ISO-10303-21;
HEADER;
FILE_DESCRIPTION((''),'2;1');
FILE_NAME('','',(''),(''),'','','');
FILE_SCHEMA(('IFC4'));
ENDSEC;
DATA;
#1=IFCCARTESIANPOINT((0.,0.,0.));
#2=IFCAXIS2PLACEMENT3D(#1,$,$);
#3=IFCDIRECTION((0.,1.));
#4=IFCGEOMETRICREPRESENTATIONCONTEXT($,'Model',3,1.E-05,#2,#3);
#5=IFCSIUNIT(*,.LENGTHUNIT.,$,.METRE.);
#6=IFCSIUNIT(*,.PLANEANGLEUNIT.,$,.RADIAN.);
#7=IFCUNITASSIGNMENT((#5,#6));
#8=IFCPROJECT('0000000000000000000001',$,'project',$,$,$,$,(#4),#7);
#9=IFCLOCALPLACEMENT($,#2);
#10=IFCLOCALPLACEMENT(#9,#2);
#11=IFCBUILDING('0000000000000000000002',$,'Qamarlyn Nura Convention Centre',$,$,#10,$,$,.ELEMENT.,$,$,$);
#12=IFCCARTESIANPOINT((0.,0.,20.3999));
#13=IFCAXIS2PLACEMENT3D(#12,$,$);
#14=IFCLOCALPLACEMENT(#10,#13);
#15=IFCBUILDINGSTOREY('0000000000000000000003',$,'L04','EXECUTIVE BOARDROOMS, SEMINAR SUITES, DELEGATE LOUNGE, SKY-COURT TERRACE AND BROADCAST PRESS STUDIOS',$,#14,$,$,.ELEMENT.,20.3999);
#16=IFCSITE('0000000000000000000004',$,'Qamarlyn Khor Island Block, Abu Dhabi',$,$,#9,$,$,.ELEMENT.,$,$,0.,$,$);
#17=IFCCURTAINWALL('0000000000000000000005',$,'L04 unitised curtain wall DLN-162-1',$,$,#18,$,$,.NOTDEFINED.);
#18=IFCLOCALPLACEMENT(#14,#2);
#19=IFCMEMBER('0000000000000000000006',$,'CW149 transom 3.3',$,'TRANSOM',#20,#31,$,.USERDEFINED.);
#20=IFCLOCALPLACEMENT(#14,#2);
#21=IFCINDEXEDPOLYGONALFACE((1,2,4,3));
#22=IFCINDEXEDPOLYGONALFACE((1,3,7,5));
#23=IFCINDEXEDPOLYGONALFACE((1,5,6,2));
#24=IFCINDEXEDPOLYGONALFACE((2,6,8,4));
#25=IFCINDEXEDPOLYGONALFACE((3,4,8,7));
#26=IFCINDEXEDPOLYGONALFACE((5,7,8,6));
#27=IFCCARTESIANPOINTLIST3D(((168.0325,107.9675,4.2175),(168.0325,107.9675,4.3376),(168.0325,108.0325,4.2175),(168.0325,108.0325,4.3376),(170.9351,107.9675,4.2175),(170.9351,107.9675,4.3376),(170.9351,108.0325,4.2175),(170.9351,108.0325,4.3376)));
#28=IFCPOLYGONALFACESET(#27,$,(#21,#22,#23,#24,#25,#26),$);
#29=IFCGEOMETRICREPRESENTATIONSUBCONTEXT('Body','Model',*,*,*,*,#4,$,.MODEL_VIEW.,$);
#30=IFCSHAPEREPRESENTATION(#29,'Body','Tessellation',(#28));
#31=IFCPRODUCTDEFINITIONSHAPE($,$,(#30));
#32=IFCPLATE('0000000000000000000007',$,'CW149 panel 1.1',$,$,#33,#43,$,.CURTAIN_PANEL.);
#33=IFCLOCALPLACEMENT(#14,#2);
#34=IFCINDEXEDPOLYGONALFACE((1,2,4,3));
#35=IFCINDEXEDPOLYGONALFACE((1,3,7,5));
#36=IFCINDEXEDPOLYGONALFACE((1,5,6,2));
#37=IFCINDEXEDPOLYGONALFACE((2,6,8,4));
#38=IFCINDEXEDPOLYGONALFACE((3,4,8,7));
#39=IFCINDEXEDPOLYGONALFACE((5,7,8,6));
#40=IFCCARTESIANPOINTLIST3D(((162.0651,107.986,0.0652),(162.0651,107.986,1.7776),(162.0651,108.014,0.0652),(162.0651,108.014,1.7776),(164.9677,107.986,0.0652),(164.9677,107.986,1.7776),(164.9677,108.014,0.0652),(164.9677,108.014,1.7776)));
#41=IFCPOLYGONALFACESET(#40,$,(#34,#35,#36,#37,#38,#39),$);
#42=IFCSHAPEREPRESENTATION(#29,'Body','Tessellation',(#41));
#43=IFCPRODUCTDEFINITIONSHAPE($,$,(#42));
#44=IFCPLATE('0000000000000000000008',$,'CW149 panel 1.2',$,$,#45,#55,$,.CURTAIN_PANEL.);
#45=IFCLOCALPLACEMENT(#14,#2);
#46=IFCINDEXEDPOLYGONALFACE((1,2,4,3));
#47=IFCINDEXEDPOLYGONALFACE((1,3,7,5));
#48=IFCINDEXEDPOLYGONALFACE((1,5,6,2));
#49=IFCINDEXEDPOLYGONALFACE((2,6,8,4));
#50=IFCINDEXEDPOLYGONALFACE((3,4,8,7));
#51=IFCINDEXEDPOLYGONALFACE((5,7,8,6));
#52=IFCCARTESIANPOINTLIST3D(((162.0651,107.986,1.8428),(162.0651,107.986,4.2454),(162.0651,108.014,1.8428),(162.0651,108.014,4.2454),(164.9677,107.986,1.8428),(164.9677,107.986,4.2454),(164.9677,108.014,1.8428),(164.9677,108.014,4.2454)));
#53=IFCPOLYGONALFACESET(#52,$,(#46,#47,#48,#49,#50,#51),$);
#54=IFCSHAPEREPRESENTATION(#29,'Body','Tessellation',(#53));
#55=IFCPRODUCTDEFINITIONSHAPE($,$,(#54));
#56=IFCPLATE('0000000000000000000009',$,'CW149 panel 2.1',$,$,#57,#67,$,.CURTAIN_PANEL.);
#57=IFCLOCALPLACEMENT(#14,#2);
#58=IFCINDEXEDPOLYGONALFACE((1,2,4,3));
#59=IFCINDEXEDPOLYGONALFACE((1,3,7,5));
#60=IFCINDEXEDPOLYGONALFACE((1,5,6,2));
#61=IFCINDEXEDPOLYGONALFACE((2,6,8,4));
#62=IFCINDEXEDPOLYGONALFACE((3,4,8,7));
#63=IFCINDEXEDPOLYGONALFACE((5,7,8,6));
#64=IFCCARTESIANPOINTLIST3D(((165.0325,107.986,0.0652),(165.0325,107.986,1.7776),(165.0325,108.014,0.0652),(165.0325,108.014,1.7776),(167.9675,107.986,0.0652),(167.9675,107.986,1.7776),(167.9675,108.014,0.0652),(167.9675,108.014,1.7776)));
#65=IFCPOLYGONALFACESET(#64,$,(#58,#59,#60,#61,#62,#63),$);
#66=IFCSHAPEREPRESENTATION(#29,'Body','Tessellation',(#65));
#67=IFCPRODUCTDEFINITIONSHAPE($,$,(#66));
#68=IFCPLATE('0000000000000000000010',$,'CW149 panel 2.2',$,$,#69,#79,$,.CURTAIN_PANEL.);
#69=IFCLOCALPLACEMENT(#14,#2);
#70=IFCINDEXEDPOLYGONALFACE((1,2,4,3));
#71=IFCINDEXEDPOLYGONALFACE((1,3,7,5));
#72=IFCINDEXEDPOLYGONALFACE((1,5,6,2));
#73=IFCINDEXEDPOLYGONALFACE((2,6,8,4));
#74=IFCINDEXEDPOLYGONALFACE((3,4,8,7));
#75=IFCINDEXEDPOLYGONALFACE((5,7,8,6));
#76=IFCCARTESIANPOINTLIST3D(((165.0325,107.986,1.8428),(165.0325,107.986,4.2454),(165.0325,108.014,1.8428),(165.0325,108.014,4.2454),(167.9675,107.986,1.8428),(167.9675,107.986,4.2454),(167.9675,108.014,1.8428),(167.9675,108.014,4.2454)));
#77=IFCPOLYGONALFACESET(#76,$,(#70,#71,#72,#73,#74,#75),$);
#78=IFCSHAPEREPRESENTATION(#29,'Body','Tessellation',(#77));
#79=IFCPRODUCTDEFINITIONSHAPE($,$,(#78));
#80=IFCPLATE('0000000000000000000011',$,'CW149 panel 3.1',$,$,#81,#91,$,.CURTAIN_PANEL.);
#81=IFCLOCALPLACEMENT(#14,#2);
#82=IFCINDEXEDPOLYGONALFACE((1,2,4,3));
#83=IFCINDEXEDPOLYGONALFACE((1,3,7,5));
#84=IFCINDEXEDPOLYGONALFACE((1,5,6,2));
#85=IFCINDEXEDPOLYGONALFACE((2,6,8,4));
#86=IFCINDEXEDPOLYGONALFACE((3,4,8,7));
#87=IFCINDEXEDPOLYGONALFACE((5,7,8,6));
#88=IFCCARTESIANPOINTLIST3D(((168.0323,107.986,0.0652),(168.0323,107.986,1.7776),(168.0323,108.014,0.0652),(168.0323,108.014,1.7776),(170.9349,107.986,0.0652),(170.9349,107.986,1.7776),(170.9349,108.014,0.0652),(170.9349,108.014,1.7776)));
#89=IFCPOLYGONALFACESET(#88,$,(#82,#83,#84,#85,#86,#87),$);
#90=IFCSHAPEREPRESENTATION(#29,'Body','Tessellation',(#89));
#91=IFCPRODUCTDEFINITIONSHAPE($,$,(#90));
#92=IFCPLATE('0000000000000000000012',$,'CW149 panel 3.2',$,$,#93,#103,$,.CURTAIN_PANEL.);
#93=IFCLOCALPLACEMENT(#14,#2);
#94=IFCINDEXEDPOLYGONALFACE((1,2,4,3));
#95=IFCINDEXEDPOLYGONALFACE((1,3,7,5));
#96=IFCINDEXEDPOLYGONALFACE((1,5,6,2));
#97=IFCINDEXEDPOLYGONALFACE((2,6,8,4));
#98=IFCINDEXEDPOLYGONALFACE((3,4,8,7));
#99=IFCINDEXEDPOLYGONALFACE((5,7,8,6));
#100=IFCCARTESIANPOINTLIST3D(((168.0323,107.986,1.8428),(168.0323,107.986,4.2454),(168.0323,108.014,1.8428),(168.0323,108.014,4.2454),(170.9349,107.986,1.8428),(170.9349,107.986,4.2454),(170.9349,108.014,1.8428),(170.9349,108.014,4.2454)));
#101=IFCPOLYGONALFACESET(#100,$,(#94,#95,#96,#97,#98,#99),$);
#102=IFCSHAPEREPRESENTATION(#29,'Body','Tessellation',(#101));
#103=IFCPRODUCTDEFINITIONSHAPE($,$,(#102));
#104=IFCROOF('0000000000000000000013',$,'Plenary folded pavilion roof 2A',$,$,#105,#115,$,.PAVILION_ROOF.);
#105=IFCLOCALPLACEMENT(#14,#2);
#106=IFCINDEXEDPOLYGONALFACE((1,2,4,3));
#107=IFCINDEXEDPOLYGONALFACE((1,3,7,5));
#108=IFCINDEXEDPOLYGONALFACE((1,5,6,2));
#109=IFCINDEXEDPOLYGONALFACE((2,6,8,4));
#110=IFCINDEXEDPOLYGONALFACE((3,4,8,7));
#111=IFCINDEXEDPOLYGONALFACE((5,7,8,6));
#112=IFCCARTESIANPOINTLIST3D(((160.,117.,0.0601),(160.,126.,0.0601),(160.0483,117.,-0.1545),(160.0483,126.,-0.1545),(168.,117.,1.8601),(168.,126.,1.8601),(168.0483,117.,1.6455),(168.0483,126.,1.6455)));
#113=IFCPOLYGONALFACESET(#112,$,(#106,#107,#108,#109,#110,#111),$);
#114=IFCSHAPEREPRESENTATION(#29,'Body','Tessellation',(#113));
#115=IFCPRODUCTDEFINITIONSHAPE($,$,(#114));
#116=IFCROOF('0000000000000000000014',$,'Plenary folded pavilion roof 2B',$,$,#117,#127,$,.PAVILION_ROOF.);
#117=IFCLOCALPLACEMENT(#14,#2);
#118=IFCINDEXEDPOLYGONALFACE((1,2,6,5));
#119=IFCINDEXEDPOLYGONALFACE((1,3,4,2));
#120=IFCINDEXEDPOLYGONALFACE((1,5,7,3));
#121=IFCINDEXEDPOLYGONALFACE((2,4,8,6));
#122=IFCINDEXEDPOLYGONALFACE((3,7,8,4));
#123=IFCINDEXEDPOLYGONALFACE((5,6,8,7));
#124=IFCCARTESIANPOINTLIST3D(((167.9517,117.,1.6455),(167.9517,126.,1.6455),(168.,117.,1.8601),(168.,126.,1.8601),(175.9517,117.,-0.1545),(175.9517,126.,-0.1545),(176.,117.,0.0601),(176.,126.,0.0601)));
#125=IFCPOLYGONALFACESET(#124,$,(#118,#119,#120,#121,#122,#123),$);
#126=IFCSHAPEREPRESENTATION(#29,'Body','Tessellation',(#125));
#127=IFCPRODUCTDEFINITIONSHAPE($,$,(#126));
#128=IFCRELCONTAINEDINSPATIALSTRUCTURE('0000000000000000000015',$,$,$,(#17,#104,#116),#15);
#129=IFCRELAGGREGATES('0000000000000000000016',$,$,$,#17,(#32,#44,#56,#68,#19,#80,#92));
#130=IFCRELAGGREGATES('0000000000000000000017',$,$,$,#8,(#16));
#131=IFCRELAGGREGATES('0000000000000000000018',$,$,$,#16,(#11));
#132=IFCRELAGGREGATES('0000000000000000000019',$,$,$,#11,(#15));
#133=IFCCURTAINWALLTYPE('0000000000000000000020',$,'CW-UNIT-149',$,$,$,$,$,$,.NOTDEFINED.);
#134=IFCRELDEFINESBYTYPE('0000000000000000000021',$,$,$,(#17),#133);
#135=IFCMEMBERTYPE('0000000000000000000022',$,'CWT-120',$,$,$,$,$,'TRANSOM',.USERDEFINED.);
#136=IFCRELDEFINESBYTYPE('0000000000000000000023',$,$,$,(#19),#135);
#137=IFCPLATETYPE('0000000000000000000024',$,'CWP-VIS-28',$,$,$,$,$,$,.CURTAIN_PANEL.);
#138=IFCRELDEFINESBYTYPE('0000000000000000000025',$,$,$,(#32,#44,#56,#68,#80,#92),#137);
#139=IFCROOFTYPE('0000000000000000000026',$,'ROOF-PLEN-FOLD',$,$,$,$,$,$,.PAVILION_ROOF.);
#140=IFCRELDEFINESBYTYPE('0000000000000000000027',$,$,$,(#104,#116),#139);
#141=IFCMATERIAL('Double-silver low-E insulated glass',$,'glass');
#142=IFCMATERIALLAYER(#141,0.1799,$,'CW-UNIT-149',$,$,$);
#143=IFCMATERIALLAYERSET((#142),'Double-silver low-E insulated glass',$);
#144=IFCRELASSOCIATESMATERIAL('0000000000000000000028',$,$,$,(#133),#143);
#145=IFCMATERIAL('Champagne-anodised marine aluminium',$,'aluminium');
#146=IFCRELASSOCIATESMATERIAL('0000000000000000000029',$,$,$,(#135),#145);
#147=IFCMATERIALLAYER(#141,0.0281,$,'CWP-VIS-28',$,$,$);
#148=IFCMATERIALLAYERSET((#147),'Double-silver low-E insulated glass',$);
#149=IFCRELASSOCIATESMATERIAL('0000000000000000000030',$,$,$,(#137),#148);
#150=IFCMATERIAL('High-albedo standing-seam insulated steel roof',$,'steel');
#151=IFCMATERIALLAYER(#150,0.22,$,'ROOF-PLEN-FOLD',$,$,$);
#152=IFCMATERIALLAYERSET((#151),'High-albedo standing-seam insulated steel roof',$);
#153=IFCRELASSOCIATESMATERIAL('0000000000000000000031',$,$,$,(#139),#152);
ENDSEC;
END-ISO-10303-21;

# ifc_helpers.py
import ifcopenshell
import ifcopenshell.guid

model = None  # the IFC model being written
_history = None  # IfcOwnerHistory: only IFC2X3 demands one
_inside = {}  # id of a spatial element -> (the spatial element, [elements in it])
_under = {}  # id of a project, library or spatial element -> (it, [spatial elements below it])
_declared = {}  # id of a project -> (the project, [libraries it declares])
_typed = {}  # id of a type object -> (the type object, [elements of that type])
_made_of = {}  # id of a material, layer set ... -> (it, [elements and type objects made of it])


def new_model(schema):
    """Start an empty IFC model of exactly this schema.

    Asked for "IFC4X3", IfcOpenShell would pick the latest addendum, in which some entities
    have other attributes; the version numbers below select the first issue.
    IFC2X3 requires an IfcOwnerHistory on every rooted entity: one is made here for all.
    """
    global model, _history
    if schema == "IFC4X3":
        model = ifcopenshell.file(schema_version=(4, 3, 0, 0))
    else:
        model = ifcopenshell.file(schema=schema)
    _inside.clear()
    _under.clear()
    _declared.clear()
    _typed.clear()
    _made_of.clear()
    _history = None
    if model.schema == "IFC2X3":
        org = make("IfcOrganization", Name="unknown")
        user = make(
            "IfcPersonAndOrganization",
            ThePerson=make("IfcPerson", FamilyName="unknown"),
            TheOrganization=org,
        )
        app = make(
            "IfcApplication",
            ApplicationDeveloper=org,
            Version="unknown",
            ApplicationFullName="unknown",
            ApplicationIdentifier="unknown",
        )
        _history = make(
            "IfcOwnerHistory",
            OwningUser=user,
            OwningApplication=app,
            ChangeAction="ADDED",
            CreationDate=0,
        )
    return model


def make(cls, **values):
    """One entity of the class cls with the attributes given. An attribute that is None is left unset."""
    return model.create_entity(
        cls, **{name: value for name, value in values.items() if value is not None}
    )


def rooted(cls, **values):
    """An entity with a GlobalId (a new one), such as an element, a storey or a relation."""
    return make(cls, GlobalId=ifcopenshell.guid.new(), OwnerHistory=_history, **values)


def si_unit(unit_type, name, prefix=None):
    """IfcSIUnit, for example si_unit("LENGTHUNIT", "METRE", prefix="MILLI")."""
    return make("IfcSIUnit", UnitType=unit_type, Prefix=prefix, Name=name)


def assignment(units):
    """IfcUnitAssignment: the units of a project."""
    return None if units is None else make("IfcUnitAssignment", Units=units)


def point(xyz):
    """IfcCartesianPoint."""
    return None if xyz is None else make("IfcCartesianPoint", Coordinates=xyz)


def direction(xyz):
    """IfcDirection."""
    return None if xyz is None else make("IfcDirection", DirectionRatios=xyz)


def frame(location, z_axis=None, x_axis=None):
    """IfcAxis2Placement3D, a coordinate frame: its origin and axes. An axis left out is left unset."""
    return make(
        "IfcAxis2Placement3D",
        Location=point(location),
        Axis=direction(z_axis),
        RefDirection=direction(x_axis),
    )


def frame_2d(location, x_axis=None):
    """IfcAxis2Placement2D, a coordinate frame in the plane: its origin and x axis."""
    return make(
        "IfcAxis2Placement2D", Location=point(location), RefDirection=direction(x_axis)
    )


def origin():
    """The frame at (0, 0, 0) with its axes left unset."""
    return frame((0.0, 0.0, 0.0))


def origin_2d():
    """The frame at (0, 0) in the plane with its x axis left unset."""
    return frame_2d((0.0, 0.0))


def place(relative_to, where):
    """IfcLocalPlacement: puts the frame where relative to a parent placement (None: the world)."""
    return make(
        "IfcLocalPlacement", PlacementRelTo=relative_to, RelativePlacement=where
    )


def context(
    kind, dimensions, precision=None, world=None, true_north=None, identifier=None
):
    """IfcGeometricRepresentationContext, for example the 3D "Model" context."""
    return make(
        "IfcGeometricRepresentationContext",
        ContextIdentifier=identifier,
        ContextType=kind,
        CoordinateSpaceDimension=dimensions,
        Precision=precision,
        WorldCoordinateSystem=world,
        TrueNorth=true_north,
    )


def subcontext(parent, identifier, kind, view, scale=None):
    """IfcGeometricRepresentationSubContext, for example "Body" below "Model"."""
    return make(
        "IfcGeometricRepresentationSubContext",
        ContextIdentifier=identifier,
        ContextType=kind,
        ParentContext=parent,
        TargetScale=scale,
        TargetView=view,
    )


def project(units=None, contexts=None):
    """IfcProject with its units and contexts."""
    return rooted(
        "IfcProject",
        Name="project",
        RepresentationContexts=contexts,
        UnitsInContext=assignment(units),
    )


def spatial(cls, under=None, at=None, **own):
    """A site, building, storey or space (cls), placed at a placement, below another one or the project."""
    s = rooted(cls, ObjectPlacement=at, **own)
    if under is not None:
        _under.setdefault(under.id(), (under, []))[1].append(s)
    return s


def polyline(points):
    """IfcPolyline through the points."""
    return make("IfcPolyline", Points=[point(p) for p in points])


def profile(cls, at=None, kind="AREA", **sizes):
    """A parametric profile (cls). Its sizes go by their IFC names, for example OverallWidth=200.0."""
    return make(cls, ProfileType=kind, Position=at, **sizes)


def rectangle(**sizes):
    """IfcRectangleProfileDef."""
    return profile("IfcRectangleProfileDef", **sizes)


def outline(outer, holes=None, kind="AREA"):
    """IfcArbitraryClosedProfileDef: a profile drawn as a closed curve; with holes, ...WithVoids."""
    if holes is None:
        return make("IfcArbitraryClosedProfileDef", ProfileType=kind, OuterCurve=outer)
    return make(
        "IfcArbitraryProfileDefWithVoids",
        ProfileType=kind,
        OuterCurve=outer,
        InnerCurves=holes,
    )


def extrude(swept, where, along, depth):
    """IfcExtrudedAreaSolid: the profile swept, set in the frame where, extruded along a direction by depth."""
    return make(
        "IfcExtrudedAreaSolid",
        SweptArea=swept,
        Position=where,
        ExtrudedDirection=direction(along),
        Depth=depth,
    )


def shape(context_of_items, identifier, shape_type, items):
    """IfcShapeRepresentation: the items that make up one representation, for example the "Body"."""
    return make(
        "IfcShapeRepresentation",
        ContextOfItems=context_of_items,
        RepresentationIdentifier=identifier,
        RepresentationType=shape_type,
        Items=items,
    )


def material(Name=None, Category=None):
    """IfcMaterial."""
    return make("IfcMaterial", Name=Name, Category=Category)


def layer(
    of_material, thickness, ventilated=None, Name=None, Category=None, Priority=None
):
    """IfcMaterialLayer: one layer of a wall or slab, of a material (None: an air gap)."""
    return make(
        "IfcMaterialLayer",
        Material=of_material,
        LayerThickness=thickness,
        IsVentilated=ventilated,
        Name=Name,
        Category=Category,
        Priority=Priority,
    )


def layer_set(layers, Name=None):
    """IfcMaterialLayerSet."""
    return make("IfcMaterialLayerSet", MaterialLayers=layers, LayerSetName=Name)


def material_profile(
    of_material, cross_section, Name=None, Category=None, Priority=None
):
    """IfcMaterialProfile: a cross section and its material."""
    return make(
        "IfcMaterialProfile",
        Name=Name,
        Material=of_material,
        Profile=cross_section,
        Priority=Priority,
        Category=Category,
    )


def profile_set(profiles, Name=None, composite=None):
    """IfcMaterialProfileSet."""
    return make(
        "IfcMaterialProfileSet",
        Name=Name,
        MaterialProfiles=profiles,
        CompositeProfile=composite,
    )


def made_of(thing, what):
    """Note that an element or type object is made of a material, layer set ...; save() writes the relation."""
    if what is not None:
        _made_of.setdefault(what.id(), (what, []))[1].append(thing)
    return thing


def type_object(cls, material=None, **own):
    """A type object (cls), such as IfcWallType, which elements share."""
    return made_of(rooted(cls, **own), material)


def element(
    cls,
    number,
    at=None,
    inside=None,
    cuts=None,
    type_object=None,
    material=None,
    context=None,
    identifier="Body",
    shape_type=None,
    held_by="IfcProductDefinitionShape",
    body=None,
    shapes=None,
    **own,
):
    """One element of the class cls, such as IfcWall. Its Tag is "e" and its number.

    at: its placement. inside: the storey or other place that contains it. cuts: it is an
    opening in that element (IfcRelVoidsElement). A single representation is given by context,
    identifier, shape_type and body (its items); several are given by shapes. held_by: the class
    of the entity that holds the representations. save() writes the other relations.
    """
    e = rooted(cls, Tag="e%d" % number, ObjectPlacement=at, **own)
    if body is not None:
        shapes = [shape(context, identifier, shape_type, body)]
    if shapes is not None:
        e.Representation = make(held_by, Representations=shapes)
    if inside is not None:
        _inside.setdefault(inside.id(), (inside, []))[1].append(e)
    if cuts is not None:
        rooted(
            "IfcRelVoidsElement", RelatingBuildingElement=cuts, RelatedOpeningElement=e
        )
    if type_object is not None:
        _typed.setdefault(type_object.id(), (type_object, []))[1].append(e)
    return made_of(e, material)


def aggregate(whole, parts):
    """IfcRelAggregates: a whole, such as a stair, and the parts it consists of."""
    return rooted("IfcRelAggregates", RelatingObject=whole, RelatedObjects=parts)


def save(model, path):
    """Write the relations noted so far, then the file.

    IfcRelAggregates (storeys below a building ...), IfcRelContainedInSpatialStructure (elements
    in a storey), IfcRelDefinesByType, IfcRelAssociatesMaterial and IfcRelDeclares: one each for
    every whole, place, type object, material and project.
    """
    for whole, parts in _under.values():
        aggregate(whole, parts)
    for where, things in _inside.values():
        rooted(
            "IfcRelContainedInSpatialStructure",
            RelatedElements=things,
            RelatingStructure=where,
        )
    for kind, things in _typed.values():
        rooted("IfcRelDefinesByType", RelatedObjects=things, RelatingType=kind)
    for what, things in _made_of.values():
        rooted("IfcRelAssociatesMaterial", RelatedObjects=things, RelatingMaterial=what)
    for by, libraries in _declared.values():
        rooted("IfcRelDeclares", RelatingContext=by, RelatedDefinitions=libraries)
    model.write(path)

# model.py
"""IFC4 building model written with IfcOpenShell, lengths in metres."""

from ifc_helpers import new_model, si_unit, direction, frame, origin, origin_2d, place, context, subcontext, project, spatial, polyline, rectangle, outline, extrude, material, layer, layer_set, material_profile, profile_set, type_object, element, aggregate, save


model = new_model("IFC4")

# Units and contexts
model_context = context("Model", 3, precision=1e-05, world=origin(), true_north=direction((0.0, 1.0)))
body_context = subcontext(model_context, "Body", "Model", "MODEL_VIEW")
ifc_project = project(units=[si_unit("LENGTHUNIT", "METRE"), si_unit("PLANEANGLEUNIT", "RADIAN")], contexts=[model_context])

# Site, building, storey
site_placement = place(None, origin())
site = spatial("IfcSite", under=ifc_project, at=site_placement, Name="Qamarlyn Khor Island Block, Abu Dhabi", CompositionType="ELEMENT", RefElevation=0.0)
building_placement = place(site_placement, origin())
building = spatial("IfcBuilding", under=site, at=building_placement, Name="Qamarlyn Nura Convention Centre", CompositionType="ELEMENT")
storey_placement = place(building_placement, frame((0.0, 0.0, 20.3999)))
storey = spatial("IfcBuildingStorey", under=building, at=storey_placement, Name="L04", Description="EXECUTIVE BOARDROOMS, SEMINAR SUITES, DELEGATE LOUNGE, SKY-COURT TERRACE AND BROADCAST PRESS STUDIOS", CompositionType="ELEMENT", Elevation=20.3999)

# Curtain wall, member, plates
ifc_material_1 = material(Name="Double-silver low-E insulated glass", Category="glass")
ifc_layer_1 = layer(ifc_material_1, 0.1799, Name="CW-UNIT-149")
ifc_layer_set_1 = layer_set([ifc_layer_1], Name="Double-silver low-E insulated glass")
curtain_wall_type = type_object("IfcCurtainWallType", Name="CW-UNIT-149", PredefinedType="NOTDEFINED", material=ifc_layer_set_1)
curtain_wall_placement = place(storey_placement, origin())
curtain_wall = element("IfcCurtainWall", 1, at=curtain_wall_placement, inside=storey, type_object=curtain_wall_type, Name="L04 unitised curtain wall DLN-162-1", PredefinedType="NOTDEFINED")
ifc_material_2 = material(Name="Champagne-anodised marine aluminium", Category="aluminium")
ifc_material_profile_1 = material_profile(ifc_material_2, rectangle(XDim=0.0649, YDim=0.1201, at=origin_2d()), Name="ALU TRANSOM 65x120")
ifc_profile_set_1 = profile_set([ifc_material_profile_1], Name="Champagne-anodised marine aluminium")
member_type_1 = type_object("IfcMemberType", Name="CWT-120", ElementType="TRANSOM", PredefinedType="USERDEFINED", material=ifc_profile_set_1)
member_1_placement = place(storey_placement, frame((168.0325, 108.0, 4.2776), z_axis=(1.0, 0.0, 0.0), x_axis=(0.0, 1.0, 0.0)))
member_1 = element("IfcMember", 2, at=member_1_placement, type_object=member_type_1, Name="CW149 transom 3.3", ObjectType="TRANSOM", PredefinedType="USERDEFINED", context=body_context, shape_type="SweptSolid", body=[
    extrude(rectangle(XDim=0.0649, YDim=0.1201, at=origin_2d()), origin(), (0.0, 0.0, 1.0), 2.9026),
])
ifc_layer_2 = layer(ifc_material_1, 0.0281, Name="CWP-VIS-28")
ifc_layer_set_2 = layer_set([ifc_layer_2], Name="Double-silver low-E insulated glass")
plate_type = type_object("IfcPlateType", Name="CWP-VIS-28", PredefinedType="CURTAIN_PANEL", material=ifc_layer_set_2)
plate_1_placement = place(storey_placement, frame((163.5164, 108.0, 0.0652), z_axis=(0.0, 0.0, 1.0), x_axis=(1.0, 0.0, 0.0)))
plate_1 = element("IfcPlate", 3, at=plate_1_placement, type_object=plate_type, Name="CW149 panel 1.1", PredefinedType="CURTAIN_PANEL", context=body_context, shape_type="SweptSolid", body=[
    extrude(rectangle(XDim=2.9026, YDim=0.0281, at=origin_2d()), origin(), (0.0, 0.0, 1.0), 1.7124),
])
plate_2_placement = place(storey_placement, frame((163.5164, 108.0, 1.8428), z_axis=(0.0, 0.0, 1.0), x_axis=(1.0, 0.0, 0.0)))
plate_2 = element("IfcPlate", 4, at=plate_2_placement, type_object=plate_type, Name="CW149 panel 1.2", PredefinedType="CURTAIN_PANEL", context=body_context, shape_type="SweptSolid", body=[
    extrude(rectangle(XDim=2.9026, YDim=0.0281, at=origin_2d()), origin(), (0.0, 0.0, 1.0), 2.4026),
])
plate_3_placement = place(storey_placement, frame((166.5, 108.0, 0.0652), z_axis=(0.0, 0.0, 1.0), x_axis=(1.0, 0.0, 0.0)))
plate_3 = element("IfcPlate", 5, at=plate_3_placement, type_object=plate_type, Name="CW149 panel 2.1", PredefinedType="CURTAIN_PANEL", context=body_context, shape_type="SweptSolid", body=[
    extrude(rectangle(XDim=2.9351, YDim=0.0281, at=origin_2d()), origin(), (0.0, 0.0, 1.0), 1.7124),
])
plate_4_placement = place(storey_placement, frame((166.5, 108.0, 1.8428), z_axis=(0.0, 0.0, 1.0), x_axis=(1.0, 0.0, 0.0)))
plate_4 = element("IfcPlate", 6, at=plate_4_placement, type_object=plate_type, Name="CW149 panel 2.2", PredefinedType="CURTAIN_PANEL", context=body_context, shape_type="SweptSolid", body=[
    extrude(rectangle(XDim=2.9351, YDim=0.0281, at=origin_2d()), origin(), (0.0, 0.0, 1.0), 2.4026),
])
plate_5_placement = place(storey_placement, frame((169.4836, 108.0, 0.0652), z_axis=(0.0, 0.0, 1.0), x_axis=(1.0, 0.0, 0.0)))
plate_5 = element("IfcPlate", 7, at=plate_5_placement, type_object=plate_type, Name="CW149 panel 3.1", PredefinedType="CURTAIN_PANEL", context=body_context, shape_type="SweptSolid", body=[
    extrude(rectangle(XDim=2.9026, YDim=0.0281, at=origin_2d()), origin(), (0.0, 0.0, 1.0), 1.7124),
])
plate_6_placement = place(storey_placement, frame((169.4836, 108.0, 1.8428), z_axis=(0.0, 0.0, 1.0), x_axis=(1.0, 0.0, 0.0)))
plate_6 = element("IfcPlate", 8, at=plate_6_placement, type_object=plate_type, Name="CW149 panel 3.2", PredefinedType="CURTAIN_PANEL", context=body_context, shape_type="SweptSolid", body=[
    extrude(rectangle(XDim=2.9026, YDim=0.0281, at=origin_2d()), origin(), (0.0, 0.0, 1.0), 2.4026),
])
aggregate(curtain_wall, [plate_1, plate_2, plate_3, plate_4, member_1, plate_5, plate_6])

# Roofs
ifc_material_3 = material(Name="High-albedo standing-seam insulated steel roof", Category="steel")
ifc_layer_3 = layer(ifc_material_3, 0.22, Name="ROOF-PLEN-FOLD")
ifc_layer_set_3 = layer_set([ifc_layer_3], Name="High-albedo standing-seam insulated steel roof")
roof_type = type_object("IfcRoofType", Name="ROOF-PLEN-FOLD", PredefinedType="PAVILION_ROOF", material=ifc_layer_set_3)
for number, where, z_axis, x_axis, name in (
    (9, (160.0, 117.0, 0.0601), (-0.219518, 0.0, 0.975608), (0.975608, 0.0, 0.219518), "Plenary folded pavilion roof 2A"),
    (10, (168.0, 117.0, 1.8601), (0.219518, 0.0, 0.975608), (0.975608, 0.0, -0.219518), "Plenary folded pavilion roof 2B"),
):
    element("IfcRoof", number, at=place(storey_placement, frame(where, z_axis=z_axis, x_axis=x_axis)), inside=storey, type_object=roof_type, Name=name, PredefinedType="PAVILION_ROOF", context=body_context, shape_type="SweptSolid", body=[
        extrude(outline(polyline([(0.0, 0.0), (8.2, 0.0), (8.2, 9.0), (0.0, 9.0), (0.0, 0.0)])), origin(), (0.0, 0.0, -1.0), 0.22),
    ])

save(model, "model.ifc")
